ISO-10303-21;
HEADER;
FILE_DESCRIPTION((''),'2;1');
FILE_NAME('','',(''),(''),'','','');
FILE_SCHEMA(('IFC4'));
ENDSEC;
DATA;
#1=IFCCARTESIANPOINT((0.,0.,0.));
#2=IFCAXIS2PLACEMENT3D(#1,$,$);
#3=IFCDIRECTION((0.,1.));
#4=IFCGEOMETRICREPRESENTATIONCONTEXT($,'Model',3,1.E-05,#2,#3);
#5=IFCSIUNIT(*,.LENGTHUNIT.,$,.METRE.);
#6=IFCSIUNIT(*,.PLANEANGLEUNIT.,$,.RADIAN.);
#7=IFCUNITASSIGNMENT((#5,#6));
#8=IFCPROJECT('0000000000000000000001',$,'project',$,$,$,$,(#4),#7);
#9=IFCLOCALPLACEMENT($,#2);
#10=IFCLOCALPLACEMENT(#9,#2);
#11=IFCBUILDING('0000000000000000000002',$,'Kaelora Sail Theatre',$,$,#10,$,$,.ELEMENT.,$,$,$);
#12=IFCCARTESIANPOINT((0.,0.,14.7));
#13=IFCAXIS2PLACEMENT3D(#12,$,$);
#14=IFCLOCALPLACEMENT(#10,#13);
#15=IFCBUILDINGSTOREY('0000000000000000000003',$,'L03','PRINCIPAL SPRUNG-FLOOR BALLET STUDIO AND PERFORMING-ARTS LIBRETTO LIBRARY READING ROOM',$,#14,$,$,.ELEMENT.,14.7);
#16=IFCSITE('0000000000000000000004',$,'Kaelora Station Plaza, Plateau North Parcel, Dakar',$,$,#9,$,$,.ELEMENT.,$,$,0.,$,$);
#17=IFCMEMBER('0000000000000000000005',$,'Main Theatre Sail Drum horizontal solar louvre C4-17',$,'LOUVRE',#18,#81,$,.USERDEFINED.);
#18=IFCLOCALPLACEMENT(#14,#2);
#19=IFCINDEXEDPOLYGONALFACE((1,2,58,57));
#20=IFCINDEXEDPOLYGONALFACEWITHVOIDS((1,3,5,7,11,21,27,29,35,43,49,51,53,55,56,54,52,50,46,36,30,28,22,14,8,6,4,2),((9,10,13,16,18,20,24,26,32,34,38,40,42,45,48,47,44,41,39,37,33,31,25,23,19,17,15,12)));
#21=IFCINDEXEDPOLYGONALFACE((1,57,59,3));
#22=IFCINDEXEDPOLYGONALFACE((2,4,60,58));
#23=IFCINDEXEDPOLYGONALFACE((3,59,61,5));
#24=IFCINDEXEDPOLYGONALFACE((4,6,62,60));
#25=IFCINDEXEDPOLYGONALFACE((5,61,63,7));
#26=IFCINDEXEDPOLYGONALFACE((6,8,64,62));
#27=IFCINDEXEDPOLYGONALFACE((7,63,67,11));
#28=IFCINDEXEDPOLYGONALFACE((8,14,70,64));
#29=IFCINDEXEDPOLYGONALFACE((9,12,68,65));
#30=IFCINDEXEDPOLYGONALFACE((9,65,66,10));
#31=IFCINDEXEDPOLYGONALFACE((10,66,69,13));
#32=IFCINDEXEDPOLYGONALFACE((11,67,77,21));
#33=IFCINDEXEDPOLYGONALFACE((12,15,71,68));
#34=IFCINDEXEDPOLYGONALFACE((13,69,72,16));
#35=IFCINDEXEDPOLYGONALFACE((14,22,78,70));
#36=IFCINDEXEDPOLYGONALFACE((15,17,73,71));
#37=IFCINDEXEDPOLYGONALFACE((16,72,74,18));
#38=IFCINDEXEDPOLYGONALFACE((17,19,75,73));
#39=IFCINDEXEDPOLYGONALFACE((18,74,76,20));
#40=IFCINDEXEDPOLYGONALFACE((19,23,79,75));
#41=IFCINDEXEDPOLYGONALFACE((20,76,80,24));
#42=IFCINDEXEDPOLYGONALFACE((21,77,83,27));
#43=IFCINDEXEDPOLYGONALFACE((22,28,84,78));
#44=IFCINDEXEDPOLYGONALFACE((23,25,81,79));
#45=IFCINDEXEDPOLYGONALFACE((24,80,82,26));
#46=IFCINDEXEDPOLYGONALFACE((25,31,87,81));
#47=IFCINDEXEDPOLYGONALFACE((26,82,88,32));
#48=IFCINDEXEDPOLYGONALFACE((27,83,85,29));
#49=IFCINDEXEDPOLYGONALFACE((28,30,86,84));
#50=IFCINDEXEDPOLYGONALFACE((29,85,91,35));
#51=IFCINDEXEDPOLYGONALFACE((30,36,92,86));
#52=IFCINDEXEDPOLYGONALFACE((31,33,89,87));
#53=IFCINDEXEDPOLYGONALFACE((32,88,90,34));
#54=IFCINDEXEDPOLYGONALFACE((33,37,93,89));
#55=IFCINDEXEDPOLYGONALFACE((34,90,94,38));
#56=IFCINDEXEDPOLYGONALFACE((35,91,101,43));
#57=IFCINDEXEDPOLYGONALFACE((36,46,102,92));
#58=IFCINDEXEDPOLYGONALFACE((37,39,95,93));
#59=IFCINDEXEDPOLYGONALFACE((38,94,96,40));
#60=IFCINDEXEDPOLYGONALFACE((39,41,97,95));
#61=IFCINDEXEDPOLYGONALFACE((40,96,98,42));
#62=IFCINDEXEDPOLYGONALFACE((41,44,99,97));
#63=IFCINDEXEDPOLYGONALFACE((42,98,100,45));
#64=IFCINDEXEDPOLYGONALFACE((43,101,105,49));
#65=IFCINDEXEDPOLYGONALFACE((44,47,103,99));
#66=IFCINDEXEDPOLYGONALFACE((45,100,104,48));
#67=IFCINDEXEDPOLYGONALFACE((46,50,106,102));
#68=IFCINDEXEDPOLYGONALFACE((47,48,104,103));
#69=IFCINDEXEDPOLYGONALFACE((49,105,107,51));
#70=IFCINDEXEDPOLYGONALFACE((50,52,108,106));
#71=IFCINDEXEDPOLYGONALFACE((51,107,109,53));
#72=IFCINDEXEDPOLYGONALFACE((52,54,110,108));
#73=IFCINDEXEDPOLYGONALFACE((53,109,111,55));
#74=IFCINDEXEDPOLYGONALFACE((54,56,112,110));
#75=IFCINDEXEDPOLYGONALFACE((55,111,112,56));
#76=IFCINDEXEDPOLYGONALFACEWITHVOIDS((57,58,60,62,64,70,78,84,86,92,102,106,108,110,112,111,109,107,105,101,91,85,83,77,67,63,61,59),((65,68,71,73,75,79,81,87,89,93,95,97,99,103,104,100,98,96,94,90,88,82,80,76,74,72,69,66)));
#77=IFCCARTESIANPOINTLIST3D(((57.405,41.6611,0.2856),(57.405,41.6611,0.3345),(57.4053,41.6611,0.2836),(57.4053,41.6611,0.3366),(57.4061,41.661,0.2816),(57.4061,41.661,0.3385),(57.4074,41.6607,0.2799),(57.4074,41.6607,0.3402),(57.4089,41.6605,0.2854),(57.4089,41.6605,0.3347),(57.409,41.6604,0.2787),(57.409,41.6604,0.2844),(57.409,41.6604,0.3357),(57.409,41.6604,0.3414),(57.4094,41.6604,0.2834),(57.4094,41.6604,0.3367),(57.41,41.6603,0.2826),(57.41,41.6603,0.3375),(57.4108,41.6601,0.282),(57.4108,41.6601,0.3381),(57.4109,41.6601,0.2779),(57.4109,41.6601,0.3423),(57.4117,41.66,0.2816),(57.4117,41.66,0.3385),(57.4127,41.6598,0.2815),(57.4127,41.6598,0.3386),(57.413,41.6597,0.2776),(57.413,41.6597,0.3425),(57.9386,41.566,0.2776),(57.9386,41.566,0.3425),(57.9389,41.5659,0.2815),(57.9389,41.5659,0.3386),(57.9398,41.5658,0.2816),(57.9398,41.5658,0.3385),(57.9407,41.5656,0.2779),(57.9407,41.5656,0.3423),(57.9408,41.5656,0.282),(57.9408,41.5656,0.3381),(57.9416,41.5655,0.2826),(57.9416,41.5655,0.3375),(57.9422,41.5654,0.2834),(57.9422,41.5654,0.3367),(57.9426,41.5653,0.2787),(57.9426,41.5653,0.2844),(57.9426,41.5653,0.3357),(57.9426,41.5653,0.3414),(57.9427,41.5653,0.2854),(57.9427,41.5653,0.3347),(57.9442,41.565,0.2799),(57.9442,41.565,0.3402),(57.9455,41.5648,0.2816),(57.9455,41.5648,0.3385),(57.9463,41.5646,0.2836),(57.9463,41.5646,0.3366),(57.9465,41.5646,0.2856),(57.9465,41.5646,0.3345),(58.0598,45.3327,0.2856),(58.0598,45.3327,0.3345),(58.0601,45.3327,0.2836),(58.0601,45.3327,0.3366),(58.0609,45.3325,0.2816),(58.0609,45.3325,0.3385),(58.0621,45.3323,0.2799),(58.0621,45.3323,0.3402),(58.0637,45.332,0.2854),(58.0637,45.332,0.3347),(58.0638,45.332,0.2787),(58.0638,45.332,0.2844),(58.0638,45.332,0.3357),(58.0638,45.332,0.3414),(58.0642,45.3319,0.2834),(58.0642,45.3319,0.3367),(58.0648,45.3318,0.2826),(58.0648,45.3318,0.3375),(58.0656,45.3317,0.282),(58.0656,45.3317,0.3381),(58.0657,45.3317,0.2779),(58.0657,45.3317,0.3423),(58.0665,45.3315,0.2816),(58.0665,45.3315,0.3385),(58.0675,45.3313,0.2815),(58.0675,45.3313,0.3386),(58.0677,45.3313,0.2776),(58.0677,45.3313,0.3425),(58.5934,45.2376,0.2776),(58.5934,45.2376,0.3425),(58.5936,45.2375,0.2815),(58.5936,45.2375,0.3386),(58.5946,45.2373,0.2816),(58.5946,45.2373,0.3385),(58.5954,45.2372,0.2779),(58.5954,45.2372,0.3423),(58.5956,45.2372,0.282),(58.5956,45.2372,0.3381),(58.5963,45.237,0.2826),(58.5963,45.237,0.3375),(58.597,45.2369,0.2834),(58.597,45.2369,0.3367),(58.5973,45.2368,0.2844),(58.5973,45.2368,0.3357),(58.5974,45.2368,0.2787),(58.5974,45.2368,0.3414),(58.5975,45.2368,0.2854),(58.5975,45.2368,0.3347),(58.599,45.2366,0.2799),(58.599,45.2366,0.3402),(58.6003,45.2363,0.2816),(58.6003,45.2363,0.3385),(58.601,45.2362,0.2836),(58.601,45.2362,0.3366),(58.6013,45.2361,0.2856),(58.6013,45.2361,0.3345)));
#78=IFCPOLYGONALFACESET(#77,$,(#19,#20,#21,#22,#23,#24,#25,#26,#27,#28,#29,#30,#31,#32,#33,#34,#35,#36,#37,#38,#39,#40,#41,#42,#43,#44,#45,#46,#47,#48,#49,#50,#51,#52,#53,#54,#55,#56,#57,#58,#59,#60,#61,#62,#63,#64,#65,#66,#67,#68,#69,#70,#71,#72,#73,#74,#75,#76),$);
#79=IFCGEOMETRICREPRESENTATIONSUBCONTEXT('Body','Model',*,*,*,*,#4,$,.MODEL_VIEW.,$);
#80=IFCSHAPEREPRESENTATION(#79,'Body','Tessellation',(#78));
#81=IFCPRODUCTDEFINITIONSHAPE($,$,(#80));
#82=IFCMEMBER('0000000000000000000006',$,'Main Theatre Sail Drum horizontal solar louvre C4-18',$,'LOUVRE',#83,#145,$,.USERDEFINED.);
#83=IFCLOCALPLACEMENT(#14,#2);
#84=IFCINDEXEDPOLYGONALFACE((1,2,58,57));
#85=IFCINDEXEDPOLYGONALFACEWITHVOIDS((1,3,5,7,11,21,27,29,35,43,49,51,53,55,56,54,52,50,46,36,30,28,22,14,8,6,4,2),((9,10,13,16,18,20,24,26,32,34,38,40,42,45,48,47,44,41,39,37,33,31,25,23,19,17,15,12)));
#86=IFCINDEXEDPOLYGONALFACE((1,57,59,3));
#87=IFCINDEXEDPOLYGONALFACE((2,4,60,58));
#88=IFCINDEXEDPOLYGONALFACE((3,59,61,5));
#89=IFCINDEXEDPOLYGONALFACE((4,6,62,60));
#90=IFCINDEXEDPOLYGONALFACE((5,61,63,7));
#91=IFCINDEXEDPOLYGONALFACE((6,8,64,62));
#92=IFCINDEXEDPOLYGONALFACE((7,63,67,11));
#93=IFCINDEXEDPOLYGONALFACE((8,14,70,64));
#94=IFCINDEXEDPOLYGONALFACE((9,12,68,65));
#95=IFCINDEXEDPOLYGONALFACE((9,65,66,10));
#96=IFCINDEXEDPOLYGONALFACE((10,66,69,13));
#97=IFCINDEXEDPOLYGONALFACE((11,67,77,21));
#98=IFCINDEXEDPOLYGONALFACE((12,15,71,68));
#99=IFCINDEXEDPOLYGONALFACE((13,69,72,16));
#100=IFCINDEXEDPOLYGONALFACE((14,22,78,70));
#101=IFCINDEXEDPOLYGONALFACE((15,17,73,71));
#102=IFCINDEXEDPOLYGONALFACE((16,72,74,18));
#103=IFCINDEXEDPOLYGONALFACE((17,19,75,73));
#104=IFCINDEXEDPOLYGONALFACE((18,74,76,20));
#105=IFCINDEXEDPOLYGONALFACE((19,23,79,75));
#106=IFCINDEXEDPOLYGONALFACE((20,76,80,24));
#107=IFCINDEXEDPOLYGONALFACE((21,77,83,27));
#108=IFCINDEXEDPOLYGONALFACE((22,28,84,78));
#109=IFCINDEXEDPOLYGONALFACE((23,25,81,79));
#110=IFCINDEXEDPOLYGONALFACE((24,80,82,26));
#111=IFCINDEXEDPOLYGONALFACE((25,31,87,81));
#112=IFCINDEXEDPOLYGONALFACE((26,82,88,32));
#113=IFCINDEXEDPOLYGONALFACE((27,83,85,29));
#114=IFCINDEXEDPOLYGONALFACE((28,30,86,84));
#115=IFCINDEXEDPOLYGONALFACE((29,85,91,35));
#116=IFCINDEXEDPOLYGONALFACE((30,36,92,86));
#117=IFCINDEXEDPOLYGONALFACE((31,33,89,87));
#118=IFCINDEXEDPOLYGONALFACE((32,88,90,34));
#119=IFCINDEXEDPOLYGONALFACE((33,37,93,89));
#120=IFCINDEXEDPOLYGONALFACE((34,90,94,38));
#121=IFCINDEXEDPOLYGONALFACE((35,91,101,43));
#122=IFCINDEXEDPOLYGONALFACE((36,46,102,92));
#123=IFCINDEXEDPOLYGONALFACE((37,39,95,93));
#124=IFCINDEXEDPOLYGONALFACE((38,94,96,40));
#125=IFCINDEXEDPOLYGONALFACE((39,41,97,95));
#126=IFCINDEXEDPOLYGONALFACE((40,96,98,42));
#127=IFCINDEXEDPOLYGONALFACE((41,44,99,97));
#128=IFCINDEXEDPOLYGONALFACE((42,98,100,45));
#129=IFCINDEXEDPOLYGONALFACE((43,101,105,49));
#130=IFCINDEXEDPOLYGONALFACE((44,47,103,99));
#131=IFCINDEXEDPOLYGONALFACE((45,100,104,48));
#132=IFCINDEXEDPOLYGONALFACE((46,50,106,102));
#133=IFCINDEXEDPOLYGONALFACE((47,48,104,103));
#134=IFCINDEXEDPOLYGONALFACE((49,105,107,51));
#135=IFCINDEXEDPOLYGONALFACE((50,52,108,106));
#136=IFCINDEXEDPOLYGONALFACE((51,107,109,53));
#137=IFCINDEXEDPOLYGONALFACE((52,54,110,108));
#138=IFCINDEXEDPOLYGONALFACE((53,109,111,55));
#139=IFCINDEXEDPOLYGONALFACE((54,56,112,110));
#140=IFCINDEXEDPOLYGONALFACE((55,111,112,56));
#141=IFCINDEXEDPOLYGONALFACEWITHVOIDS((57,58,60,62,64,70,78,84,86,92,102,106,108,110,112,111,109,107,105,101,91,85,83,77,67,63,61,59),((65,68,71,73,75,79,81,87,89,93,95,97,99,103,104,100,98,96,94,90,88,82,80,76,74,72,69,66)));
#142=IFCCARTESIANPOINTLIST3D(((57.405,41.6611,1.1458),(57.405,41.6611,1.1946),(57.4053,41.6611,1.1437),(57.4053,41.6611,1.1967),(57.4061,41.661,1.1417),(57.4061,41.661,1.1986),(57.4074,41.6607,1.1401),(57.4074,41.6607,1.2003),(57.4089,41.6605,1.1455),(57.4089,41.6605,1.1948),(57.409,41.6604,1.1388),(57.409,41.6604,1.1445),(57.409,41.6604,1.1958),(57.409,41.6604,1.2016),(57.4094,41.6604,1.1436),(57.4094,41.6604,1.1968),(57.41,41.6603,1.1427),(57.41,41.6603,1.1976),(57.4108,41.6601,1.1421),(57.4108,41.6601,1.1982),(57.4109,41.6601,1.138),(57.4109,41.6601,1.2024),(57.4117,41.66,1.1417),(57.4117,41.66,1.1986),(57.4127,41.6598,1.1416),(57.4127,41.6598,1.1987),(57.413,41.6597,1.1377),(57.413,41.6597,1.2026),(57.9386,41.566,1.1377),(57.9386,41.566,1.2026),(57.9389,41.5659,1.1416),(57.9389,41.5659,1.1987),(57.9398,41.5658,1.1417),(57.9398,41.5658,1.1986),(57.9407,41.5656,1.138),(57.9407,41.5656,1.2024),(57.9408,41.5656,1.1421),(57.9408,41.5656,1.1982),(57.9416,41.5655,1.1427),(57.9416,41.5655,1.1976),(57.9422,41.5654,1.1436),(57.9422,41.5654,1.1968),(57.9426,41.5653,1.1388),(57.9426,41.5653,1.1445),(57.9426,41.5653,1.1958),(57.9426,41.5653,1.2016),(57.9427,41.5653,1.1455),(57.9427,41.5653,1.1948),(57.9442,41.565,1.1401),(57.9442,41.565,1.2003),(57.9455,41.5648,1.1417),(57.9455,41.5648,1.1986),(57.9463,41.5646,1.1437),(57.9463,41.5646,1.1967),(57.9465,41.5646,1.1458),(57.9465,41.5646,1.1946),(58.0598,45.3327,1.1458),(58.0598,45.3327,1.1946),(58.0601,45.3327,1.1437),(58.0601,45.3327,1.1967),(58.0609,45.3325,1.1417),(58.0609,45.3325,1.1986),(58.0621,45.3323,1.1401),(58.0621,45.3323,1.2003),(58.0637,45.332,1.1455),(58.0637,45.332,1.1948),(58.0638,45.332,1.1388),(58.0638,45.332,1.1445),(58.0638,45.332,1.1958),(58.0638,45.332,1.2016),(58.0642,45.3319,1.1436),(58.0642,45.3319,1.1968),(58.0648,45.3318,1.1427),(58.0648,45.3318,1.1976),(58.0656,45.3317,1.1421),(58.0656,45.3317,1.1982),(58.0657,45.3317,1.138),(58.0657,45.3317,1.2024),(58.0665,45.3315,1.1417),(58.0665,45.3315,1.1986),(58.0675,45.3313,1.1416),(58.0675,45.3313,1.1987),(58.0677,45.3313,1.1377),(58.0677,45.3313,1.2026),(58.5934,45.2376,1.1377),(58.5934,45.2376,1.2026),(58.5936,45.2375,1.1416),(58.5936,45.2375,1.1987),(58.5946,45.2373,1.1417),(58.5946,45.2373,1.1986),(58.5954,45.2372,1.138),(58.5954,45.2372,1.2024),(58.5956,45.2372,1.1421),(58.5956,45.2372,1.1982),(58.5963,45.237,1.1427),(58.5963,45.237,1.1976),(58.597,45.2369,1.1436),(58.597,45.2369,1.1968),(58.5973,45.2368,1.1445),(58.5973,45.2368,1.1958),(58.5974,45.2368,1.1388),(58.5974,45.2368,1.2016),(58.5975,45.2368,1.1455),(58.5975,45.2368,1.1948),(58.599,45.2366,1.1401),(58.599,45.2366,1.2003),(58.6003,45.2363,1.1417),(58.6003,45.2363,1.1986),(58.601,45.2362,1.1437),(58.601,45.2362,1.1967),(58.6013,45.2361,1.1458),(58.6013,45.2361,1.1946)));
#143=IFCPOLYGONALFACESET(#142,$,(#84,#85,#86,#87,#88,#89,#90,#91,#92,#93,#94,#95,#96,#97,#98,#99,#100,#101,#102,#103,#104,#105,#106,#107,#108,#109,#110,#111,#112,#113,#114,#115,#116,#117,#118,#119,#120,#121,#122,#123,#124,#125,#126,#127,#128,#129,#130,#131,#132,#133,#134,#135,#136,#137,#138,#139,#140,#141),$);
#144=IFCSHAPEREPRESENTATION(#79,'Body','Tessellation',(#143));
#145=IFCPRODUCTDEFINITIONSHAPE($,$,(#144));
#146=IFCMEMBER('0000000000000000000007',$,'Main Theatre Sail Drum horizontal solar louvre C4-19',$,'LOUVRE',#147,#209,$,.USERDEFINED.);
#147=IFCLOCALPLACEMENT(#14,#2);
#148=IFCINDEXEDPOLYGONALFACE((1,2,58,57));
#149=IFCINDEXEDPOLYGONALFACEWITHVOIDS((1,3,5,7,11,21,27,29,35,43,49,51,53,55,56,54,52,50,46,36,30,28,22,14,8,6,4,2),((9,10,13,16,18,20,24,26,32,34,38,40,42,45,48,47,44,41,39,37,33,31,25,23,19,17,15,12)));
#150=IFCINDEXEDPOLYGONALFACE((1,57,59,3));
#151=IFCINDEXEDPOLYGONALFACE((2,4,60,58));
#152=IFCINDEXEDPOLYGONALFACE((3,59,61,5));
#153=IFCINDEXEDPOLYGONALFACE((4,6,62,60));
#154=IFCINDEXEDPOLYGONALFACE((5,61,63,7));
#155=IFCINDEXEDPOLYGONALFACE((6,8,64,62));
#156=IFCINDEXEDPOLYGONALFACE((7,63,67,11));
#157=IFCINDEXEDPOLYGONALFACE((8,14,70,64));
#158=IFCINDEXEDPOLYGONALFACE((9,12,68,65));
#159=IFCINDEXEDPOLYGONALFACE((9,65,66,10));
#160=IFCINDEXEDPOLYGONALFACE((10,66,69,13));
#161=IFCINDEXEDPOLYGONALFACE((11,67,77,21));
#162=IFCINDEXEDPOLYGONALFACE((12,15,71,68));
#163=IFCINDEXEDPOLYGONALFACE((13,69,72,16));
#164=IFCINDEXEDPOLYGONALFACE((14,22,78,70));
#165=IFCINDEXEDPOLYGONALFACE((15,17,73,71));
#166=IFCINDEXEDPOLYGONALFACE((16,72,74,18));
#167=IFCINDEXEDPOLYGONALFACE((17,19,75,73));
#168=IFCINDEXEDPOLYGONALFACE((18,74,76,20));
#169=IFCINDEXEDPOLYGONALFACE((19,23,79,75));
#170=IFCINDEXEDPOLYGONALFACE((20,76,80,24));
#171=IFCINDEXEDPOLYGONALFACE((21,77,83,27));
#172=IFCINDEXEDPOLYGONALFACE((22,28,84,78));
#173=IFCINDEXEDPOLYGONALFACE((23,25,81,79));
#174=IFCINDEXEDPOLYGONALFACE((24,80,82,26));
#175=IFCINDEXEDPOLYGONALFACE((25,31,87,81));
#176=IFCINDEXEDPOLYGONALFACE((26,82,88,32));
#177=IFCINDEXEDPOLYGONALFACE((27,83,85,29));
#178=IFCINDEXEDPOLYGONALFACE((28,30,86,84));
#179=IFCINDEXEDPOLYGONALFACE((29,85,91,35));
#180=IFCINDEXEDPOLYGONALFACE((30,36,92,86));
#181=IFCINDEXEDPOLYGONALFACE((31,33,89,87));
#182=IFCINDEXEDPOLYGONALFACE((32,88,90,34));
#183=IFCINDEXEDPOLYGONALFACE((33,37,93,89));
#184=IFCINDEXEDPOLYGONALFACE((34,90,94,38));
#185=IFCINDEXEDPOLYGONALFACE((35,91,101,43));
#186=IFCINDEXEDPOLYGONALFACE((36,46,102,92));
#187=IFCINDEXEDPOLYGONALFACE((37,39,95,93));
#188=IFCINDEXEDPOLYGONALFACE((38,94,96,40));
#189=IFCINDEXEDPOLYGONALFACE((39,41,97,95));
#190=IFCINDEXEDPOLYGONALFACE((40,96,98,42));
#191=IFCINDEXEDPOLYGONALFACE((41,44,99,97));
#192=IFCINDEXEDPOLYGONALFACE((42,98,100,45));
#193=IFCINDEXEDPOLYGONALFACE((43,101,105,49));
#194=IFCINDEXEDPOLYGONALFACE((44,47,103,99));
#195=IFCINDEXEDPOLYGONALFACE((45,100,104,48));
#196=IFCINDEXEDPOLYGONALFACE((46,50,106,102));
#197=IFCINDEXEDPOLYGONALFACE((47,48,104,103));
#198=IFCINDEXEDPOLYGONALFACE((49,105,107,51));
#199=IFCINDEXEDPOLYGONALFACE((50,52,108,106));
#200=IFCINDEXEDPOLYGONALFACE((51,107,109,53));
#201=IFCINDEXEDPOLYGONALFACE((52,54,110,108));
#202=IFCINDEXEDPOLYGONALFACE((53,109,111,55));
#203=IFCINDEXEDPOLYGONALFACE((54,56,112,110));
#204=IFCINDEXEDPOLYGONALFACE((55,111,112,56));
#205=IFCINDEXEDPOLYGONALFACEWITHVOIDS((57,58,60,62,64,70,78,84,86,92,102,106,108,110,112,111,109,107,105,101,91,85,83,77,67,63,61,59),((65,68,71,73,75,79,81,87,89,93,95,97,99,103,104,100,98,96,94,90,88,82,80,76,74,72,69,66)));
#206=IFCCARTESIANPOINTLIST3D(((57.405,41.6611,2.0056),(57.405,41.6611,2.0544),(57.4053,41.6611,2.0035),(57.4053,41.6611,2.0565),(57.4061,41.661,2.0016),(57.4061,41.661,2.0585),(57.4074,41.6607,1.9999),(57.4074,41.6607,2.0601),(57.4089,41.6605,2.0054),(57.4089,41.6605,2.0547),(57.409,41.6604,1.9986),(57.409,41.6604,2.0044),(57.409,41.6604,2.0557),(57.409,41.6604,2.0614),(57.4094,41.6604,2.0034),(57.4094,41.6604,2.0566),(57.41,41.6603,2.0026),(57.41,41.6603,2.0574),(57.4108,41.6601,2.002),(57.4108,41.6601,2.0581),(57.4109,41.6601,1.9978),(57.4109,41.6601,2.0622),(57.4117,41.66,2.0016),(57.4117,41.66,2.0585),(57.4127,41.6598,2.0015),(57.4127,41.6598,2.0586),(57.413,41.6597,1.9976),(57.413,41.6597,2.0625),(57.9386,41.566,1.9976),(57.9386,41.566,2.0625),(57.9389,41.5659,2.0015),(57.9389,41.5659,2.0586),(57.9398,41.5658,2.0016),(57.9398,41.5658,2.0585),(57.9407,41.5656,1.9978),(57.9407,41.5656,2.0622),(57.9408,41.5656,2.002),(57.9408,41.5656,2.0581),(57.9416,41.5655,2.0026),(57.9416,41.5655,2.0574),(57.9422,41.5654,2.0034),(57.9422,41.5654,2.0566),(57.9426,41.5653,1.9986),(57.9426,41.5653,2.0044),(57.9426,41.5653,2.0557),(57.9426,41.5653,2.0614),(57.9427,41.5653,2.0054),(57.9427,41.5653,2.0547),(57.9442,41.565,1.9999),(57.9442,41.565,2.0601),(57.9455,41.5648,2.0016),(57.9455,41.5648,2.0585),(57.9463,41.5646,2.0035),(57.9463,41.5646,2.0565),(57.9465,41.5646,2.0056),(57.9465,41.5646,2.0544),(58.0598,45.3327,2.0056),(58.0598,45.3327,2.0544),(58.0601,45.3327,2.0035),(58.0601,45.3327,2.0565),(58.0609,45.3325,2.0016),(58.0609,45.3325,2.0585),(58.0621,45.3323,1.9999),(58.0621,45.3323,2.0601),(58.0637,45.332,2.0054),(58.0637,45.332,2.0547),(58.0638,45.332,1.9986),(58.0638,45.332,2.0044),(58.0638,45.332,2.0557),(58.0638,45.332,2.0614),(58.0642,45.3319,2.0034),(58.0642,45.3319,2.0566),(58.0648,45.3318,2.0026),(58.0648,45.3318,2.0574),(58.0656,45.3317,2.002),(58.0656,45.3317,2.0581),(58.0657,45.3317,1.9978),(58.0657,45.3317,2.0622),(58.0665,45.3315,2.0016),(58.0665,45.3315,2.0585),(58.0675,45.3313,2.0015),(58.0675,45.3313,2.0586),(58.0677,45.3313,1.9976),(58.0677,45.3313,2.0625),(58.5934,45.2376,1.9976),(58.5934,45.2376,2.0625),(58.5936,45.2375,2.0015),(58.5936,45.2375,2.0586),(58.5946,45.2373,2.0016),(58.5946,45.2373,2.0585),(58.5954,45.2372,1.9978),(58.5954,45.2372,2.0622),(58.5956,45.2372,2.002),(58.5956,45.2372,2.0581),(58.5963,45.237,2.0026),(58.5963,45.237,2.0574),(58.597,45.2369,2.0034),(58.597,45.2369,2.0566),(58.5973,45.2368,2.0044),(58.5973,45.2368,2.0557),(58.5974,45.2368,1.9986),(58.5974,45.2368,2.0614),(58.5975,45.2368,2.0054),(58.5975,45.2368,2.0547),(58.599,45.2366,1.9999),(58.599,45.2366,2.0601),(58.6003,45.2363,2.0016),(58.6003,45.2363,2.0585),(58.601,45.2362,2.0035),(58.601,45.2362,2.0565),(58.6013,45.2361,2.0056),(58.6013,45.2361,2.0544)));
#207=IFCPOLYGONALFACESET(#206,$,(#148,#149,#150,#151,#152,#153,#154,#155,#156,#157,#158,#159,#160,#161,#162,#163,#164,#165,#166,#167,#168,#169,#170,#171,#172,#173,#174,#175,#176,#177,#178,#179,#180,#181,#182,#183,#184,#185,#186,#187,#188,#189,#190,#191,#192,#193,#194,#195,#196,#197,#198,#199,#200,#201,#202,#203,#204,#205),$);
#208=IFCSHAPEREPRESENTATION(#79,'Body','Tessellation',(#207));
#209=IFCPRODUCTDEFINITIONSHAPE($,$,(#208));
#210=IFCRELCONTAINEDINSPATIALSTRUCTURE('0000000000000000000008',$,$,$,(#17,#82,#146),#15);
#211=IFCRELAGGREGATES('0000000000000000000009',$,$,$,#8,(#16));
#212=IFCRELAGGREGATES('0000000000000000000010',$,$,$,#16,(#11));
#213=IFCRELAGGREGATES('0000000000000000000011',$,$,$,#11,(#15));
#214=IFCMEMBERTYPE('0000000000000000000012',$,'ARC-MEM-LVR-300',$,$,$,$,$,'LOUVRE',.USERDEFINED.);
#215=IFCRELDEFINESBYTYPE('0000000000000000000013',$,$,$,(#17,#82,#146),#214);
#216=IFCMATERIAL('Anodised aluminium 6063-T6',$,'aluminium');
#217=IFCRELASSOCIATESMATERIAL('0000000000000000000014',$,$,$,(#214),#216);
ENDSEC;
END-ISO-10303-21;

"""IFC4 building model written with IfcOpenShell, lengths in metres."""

from ifc_helpers import new_model, si_unit, direction, frame, origin, origin_2d, place, context, subcontext, project, spatial, hollow_rectangle, extrude, material, material_profile, profile_set, type_object, element, save


model = new_model("IFC4")

# Units and contexts
model_context = context("Model", 3, precision=1e-05, world=origin(), true_north=direction((0.0, 1.0)))
body_context = subcontext(model_context, "Body", "Model", "MODEL_VIEW")
ifc_project = project(units=[si_unit("LENGTHUNIT", "METRE"), si_unit("PLANEANGLEUNIT", "RADIAN")], contexts=[model_context])

# Site, building, storey
site_placement = place(None, origin())
site = spatial("IfcSite", under=ifc_project, at=site_placement, Name="Kaelora Station Plaza, Plateau North Parcel, Dakar", CompositionType="ELEMENT", RefElevation=0.0)
building_placement = place(site_placement, origin())
building = spatial("IfcBuilding", under=site, at=building_placement, Name="Kaelora Sail Theatre", CompositionType="ELEMENT")
storey_placement = place(building_placement, frame((0.0, 0.0, 14.7)))
storey = spatial("IfcBuildingStorey", under=building, at=storey_placement, Name="L03", Description="PRINCIPAL SPRUNG-FLOOR BALLET STUDIO AND PERFORMING-ARTS LIBRETTO LIBRARY READING ROOM", CompositionType="ELEMENT", Elevation=14.7)

# Members
ifc_material_1 = material(Name="Anodised aluminium 6063-T6", Category="aluminium")
ifc_material_profile_1 = material_profile(ifc_material_1, hollow_rectangle(XDim=0.55, YDim=0.0649, WallThickness=0.0039, InnerFilletRadius=0.0039, OuterFilletRadius=0.0081, at=origin_2d()), Name="LOUVRE 550x65x4")
ifc_profile_set_1 = profile_set([ifc_material_profile_1], Name="Anodised aluminium 6063-T6")
member_type = type_object("IfcMemberType", Name="ARC-MEM-LVR-300", ElementType="LOUVRE", PredefinedType="USERDEFINED", material=ifc_profile_set_1)
for number, where, z_axis, x_axis, name in (
    (1, (58.3306, 45.2844, 0.3101), (-0.175566, -0.984468, 0.0), (0.984468, -0.175566, 0.0), "Main Theatre Sail Drum horizontal solar louvre C4-17"),
    (2, (58.3306, 45.2844, 1.1702), (-0.175566, -0.984468, 0.0), (0.984468, -0.175566, 0.0), "Main Theatre Sail Drum horizontal solar louvre C4-18"),
    (3, (58.3306, 45.2844, 2.03), (-0.175566, -0.984468, 0.0), (0.984468, -0.175566, 0.0), "Main Theatre Sail Drum horizontal solar louvre C4-19"),
):
    element("IfcMember", number, at=place(storey_placement, frame(where, z_axis=z_axis, x_axis=x_axis)), inside=storey, type_object=member_type, Name=name, ObjectType="LOUVRE", PredefinedType="USERDEFINED", context=body_context, shape_type="SweptSolid", body=[
        extrude(hollow_rectangle(XDim=0.55, YDim=0.0649, WallThickness=0.0039, InnerFilletRadius=0.0039, OuterFilletRadius=0.0081, at=origin_2d()), origin(), (0.0, 0.0, 1.0), 3.7295),
    ])

save(model, "model.ifc")
